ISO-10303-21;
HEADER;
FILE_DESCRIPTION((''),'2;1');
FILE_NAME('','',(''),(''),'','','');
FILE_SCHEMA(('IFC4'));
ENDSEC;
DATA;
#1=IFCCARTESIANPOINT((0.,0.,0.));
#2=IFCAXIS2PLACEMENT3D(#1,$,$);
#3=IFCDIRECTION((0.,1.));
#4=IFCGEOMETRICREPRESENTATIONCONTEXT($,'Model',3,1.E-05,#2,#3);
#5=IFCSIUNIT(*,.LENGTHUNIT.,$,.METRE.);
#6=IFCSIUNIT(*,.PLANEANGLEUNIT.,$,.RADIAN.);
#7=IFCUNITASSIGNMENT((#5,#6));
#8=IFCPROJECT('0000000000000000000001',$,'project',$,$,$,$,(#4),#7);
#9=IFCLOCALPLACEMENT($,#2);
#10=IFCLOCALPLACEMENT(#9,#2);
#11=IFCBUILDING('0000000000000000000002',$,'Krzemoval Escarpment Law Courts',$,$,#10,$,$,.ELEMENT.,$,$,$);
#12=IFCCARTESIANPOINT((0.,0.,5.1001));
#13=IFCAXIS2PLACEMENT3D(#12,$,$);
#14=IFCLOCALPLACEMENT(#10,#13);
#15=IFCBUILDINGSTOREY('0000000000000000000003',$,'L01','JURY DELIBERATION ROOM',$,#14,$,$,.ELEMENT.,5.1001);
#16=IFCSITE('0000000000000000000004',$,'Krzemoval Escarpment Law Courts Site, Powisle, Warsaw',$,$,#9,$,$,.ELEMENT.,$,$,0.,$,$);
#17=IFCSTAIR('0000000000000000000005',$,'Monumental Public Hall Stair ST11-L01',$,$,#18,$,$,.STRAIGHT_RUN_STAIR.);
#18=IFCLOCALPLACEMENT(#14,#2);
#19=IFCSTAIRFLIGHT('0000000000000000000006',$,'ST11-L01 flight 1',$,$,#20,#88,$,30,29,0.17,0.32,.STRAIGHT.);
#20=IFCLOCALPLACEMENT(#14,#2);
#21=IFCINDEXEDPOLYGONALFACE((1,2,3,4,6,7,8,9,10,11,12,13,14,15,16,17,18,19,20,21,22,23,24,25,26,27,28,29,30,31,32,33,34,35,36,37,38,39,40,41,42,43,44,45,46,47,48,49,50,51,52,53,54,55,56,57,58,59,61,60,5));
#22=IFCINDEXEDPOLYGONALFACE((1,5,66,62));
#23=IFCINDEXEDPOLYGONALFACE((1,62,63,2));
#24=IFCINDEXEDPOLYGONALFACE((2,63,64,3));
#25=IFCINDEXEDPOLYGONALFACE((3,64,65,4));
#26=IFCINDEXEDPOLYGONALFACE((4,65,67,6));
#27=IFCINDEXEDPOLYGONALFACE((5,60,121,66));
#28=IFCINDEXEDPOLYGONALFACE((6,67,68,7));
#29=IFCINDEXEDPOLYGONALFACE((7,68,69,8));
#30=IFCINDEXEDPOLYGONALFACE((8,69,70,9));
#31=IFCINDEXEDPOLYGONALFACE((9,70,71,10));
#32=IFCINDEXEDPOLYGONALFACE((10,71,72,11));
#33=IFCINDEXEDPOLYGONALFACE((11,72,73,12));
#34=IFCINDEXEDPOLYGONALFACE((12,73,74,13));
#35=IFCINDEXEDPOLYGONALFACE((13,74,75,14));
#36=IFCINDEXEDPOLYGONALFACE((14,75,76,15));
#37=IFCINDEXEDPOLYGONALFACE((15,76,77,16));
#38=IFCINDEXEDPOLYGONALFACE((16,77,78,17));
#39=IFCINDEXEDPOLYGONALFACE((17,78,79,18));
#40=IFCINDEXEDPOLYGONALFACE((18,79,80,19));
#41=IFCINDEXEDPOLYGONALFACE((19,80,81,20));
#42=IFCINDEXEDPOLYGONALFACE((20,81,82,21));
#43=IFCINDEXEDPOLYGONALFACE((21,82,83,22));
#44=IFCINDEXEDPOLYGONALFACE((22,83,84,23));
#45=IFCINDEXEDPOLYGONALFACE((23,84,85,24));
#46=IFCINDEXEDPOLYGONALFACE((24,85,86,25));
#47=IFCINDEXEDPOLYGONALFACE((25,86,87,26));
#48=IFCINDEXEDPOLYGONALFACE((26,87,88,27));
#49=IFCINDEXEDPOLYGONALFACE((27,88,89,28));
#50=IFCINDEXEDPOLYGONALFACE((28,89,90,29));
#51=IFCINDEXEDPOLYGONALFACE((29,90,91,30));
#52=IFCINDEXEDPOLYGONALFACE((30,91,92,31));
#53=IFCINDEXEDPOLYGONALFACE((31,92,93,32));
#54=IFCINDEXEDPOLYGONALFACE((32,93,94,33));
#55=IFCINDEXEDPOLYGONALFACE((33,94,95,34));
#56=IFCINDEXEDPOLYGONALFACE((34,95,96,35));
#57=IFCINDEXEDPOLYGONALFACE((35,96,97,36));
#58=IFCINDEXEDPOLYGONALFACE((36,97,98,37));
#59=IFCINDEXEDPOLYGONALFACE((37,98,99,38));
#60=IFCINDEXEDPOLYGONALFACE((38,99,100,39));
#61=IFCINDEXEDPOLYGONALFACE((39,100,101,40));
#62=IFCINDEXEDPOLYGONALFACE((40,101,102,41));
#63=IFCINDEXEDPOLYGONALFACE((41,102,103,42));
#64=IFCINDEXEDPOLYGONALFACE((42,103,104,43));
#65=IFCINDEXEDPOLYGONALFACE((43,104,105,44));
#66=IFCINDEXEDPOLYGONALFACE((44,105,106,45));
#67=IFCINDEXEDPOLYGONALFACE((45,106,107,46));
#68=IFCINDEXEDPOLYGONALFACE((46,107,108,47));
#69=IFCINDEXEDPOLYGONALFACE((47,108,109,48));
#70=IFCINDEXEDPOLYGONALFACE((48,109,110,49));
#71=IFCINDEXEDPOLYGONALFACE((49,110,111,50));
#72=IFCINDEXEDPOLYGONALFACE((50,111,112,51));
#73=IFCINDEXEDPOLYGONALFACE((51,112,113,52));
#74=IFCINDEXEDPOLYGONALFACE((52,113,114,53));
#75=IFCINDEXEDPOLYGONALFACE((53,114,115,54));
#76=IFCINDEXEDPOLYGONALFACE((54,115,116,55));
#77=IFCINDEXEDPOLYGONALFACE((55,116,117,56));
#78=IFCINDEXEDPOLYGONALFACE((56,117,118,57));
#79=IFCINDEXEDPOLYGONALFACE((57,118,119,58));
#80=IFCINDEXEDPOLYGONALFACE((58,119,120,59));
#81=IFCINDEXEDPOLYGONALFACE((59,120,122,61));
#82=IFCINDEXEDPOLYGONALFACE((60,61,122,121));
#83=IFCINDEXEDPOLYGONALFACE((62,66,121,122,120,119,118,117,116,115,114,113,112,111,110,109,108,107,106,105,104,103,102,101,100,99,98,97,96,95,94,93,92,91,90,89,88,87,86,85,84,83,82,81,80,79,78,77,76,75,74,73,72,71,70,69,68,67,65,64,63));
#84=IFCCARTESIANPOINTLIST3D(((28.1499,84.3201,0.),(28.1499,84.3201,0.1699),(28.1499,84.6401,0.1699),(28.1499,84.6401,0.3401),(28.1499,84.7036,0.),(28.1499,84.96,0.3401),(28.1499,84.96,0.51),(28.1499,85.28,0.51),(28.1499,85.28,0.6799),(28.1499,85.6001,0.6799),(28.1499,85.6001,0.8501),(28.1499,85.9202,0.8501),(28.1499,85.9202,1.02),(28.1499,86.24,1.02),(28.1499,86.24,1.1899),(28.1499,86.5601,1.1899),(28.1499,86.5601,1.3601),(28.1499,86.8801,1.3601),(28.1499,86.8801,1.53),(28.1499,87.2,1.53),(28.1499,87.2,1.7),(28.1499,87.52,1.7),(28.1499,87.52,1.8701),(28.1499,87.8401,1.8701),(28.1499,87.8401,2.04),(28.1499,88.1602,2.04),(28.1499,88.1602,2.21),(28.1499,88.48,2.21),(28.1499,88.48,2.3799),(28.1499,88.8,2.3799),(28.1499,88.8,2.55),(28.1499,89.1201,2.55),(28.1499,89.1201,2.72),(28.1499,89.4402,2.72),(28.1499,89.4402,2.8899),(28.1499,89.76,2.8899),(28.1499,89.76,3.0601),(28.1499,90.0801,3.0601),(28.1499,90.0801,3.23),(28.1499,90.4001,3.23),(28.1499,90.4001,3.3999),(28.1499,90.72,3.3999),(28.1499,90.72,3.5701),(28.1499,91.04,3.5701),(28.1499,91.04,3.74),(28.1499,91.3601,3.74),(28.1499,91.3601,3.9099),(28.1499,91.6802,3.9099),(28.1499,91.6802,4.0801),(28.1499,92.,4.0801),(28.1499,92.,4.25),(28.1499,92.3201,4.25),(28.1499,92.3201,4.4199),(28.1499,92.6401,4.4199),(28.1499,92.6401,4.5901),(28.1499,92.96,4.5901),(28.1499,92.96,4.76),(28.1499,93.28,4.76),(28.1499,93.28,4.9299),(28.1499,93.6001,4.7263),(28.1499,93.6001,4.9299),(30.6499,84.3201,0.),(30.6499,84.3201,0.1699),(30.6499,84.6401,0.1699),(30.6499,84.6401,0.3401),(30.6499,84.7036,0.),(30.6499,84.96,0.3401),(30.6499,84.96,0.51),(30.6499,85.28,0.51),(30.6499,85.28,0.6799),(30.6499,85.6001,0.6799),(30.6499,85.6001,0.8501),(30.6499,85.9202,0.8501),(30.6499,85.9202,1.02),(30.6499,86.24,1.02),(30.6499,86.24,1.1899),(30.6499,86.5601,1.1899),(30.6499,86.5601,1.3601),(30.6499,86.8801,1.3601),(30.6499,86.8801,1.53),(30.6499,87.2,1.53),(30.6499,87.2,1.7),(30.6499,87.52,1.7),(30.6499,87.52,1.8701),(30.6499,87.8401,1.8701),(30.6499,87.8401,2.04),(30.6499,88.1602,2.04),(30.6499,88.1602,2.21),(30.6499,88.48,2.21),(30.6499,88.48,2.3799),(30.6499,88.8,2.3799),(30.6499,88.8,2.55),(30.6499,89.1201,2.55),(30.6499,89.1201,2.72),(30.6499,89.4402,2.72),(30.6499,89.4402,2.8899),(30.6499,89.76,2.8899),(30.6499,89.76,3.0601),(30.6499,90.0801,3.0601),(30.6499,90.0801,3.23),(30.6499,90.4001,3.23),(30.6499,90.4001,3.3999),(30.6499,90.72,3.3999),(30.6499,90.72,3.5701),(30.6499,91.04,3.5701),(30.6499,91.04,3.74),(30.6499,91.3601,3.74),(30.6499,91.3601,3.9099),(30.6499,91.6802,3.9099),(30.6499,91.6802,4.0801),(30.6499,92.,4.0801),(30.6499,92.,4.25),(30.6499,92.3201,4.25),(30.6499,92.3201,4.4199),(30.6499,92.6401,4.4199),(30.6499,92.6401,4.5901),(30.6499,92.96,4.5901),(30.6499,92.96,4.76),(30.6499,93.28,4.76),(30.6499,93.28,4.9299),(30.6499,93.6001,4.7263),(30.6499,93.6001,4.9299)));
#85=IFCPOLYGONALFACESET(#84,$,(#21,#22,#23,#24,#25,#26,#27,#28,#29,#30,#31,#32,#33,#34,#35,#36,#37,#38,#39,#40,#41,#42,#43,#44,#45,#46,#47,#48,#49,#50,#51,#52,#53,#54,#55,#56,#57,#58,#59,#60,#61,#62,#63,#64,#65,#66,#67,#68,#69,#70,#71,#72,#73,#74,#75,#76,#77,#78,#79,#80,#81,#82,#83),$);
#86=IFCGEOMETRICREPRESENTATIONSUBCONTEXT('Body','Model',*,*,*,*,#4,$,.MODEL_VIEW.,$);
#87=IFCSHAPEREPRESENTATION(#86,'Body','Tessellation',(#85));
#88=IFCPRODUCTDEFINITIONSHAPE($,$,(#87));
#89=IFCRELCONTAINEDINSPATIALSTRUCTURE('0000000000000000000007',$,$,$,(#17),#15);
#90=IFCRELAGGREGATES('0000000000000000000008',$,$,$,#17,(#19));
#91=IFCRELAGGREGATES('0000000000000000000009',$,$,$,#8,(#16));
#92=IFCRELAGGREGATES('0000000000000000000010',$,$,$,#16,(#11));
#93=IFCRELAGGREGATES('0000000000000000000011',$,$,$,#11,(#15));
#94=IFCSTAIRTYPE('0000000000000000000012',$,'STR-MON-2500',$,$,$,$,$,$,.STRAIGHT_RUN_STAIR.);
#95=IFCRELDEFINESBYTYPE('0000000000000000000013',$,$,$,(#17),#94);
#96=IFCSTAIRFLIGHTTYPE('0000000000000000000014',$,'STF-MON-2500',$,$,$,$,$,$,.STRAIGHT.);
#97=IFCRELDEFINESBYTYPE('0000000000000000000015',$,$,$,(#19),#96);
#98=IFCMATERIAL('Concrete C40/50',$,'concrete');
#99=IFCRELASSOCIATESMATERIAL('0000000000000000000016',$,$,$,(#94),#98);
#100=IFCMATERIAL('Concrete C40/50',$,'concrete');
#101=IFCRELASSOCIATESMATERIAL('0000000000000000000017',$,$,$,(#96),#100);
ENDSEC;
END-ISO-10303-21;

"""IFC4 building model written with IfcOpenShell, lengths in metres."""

from ifc_helpers import new_model, si_unit, direction, frame, origin, place, context, subcontext, project, spatial, polyline, outline, extrude, material, type_object, element, aggregate, save


model = new_model("IFC4")

# Units and contexts
model_context = context("Model", 3, precision=1e-05, world=origin(), true_north=direction((0.0, 1.0)))
body_context = subcontext(model_context, "Body", "Model", "MODEL_VIEW")
ifc_project = project(units=[si_unit("LENGTHUNIT", "METRE"), si_unit("PLANEANGLEUNIT", "RADIAN")], contexts=[model_context])

# Site, building, storey
site_placement = place(None, origin())
site = spatial("IfcSite", under=ifc_project, at=site_placement, Name="Krzemoval Escarpment Law Courts Site, Powisle, Warsaw", CompositionType="ELEMENT", RefElevation=0.0)
building_placement = place(site_placement, origin())
building = spatial("IfcBuilding", under=site, at=building_placement, Name="Krzemoval Escarpment Law Courts", CompositionType="ELEMENT")
storey_placement = place(building_placement, frame((0.0, 0.0, 5.1001)))
storey = spatial("IfcBuildingStorey", under=building, at=storey_placement, Name="L01", Description="JURY DELIBERATION ROOM", CompositionType="ELEMENT", Elevation=5.1001)

# Stair, stair flight
ifc_material_1 = material(Name="Concrete C40/50", Category="concrete")
stair_type = type_object("IfcStairType", Name="STR-MON-2500", PredefinedType="STRAIGHT_RUN_STAIR", material=ifc_material_1)
ifc_material_2 = material(Name="Concrete C40/50", Category="concrete")
stair_flight_type = type_object("IfcStairFlightType", Name="STF-MON-2500", PredefinedType="STRAIGHT", material=ifc_material_2)
stair_1_placement = place(storey_placement, origin())
stair_1 = element("IfcStair", 1, at=stair_1_placement, inside=storey, type_object=stair_type, Name="Monumental Public Hall Stair ST11-L01", PredefinedType="STRAIGHT_RUN_STAIR")
stair_flight_1_placement = place(storey_placement, frame((29.3999, 84.3201, 0.0), z_axis=(0.0, 0.0, 1.0), x_axis=(0.0, 1.0, 0.0)))
stair_flight_1 = element("IfcStairFlight", 2, at=stair_flight_1_placement, type_object=stair_flight_type, Name="ST11-L01 flight 1", NumberOfRisers=30, NumberOfTreads=29, PredefinedType="STRAIGHT", RiserHeight=0.17, TreadLength=0.32, context=body_context, shape_type="SweptSolid", body=[
    extrude(outline(polyline([(0.0, 0.0), (0.0, 0.1699), (0.3201, 0.1699), (0.3201, 0.3401), (0.6399, 0.3401), (0.6399, 0.51), (0.96, 0.51), (0.96, 0.6799), (1.28, 0.6799), (1.28, 0.8501), (1.6001, 0.8501), (1.6001, 1.02), (1.9199, 1.02), (1.9199, 1.1899), (2.24, 1.1899), (2.24, 1.3601), (2.5601, 1.3601), (2.5601, 1.53), (2.8799, 1.53), (2.8799, 1.7), (3.2, 1.7), (3.2, 1.8701), (3.52, 1.8701), (3.52, 2.04), (3.8401, 2.04), (3.8401, 2.21), (4.1599, 2.21), (4.1599, 2.3799), (4.48, 2.3799), (4.48, 2.55), (4.8, 2.55), (4.8, 2.72), (5.1201, 2.72), (5.1201, 2.8899), (5.4399, 2.8899), (5.4399, 3.0601), (5.76, 3.0601), (5.76, 3.23), (6.0801, 3.23), (6.0801, 3.3999), (6.3999, 3.3999), (6.3999, 3.5701), (6.72, 3.5701), (6.72, 3.74), (7.04, 3.74), (7.04, 3.9099), (7.3601, 3.9099), (7.3601, 4.0801), (7.6799, 4.0801), (7.6799, 4.25), (8.0, 4.25), (8.0, 4.4199), (8.3201, 4.4199), (8.3201, 4.5901), (8.6399, 4.5901), (8.6399, 4.76), (8.96, 4.76), (8.96, 4.9299), (9.28, 4.9299), (9.28, 5.1001), (9.28, 4.7263), (0.3835, 0.0), (0.0, 0.0)])), frame((0.0, 1.25, 0.0), z_axis=(0.0, -1.0, 0.0), x_axis=(1.0, 0.0, 0.0)), (0.0, 0.0, 1.0), 2.5),
])
aggregate(stair_1, [stair_flight_1])

save(model, "model.ifc")
